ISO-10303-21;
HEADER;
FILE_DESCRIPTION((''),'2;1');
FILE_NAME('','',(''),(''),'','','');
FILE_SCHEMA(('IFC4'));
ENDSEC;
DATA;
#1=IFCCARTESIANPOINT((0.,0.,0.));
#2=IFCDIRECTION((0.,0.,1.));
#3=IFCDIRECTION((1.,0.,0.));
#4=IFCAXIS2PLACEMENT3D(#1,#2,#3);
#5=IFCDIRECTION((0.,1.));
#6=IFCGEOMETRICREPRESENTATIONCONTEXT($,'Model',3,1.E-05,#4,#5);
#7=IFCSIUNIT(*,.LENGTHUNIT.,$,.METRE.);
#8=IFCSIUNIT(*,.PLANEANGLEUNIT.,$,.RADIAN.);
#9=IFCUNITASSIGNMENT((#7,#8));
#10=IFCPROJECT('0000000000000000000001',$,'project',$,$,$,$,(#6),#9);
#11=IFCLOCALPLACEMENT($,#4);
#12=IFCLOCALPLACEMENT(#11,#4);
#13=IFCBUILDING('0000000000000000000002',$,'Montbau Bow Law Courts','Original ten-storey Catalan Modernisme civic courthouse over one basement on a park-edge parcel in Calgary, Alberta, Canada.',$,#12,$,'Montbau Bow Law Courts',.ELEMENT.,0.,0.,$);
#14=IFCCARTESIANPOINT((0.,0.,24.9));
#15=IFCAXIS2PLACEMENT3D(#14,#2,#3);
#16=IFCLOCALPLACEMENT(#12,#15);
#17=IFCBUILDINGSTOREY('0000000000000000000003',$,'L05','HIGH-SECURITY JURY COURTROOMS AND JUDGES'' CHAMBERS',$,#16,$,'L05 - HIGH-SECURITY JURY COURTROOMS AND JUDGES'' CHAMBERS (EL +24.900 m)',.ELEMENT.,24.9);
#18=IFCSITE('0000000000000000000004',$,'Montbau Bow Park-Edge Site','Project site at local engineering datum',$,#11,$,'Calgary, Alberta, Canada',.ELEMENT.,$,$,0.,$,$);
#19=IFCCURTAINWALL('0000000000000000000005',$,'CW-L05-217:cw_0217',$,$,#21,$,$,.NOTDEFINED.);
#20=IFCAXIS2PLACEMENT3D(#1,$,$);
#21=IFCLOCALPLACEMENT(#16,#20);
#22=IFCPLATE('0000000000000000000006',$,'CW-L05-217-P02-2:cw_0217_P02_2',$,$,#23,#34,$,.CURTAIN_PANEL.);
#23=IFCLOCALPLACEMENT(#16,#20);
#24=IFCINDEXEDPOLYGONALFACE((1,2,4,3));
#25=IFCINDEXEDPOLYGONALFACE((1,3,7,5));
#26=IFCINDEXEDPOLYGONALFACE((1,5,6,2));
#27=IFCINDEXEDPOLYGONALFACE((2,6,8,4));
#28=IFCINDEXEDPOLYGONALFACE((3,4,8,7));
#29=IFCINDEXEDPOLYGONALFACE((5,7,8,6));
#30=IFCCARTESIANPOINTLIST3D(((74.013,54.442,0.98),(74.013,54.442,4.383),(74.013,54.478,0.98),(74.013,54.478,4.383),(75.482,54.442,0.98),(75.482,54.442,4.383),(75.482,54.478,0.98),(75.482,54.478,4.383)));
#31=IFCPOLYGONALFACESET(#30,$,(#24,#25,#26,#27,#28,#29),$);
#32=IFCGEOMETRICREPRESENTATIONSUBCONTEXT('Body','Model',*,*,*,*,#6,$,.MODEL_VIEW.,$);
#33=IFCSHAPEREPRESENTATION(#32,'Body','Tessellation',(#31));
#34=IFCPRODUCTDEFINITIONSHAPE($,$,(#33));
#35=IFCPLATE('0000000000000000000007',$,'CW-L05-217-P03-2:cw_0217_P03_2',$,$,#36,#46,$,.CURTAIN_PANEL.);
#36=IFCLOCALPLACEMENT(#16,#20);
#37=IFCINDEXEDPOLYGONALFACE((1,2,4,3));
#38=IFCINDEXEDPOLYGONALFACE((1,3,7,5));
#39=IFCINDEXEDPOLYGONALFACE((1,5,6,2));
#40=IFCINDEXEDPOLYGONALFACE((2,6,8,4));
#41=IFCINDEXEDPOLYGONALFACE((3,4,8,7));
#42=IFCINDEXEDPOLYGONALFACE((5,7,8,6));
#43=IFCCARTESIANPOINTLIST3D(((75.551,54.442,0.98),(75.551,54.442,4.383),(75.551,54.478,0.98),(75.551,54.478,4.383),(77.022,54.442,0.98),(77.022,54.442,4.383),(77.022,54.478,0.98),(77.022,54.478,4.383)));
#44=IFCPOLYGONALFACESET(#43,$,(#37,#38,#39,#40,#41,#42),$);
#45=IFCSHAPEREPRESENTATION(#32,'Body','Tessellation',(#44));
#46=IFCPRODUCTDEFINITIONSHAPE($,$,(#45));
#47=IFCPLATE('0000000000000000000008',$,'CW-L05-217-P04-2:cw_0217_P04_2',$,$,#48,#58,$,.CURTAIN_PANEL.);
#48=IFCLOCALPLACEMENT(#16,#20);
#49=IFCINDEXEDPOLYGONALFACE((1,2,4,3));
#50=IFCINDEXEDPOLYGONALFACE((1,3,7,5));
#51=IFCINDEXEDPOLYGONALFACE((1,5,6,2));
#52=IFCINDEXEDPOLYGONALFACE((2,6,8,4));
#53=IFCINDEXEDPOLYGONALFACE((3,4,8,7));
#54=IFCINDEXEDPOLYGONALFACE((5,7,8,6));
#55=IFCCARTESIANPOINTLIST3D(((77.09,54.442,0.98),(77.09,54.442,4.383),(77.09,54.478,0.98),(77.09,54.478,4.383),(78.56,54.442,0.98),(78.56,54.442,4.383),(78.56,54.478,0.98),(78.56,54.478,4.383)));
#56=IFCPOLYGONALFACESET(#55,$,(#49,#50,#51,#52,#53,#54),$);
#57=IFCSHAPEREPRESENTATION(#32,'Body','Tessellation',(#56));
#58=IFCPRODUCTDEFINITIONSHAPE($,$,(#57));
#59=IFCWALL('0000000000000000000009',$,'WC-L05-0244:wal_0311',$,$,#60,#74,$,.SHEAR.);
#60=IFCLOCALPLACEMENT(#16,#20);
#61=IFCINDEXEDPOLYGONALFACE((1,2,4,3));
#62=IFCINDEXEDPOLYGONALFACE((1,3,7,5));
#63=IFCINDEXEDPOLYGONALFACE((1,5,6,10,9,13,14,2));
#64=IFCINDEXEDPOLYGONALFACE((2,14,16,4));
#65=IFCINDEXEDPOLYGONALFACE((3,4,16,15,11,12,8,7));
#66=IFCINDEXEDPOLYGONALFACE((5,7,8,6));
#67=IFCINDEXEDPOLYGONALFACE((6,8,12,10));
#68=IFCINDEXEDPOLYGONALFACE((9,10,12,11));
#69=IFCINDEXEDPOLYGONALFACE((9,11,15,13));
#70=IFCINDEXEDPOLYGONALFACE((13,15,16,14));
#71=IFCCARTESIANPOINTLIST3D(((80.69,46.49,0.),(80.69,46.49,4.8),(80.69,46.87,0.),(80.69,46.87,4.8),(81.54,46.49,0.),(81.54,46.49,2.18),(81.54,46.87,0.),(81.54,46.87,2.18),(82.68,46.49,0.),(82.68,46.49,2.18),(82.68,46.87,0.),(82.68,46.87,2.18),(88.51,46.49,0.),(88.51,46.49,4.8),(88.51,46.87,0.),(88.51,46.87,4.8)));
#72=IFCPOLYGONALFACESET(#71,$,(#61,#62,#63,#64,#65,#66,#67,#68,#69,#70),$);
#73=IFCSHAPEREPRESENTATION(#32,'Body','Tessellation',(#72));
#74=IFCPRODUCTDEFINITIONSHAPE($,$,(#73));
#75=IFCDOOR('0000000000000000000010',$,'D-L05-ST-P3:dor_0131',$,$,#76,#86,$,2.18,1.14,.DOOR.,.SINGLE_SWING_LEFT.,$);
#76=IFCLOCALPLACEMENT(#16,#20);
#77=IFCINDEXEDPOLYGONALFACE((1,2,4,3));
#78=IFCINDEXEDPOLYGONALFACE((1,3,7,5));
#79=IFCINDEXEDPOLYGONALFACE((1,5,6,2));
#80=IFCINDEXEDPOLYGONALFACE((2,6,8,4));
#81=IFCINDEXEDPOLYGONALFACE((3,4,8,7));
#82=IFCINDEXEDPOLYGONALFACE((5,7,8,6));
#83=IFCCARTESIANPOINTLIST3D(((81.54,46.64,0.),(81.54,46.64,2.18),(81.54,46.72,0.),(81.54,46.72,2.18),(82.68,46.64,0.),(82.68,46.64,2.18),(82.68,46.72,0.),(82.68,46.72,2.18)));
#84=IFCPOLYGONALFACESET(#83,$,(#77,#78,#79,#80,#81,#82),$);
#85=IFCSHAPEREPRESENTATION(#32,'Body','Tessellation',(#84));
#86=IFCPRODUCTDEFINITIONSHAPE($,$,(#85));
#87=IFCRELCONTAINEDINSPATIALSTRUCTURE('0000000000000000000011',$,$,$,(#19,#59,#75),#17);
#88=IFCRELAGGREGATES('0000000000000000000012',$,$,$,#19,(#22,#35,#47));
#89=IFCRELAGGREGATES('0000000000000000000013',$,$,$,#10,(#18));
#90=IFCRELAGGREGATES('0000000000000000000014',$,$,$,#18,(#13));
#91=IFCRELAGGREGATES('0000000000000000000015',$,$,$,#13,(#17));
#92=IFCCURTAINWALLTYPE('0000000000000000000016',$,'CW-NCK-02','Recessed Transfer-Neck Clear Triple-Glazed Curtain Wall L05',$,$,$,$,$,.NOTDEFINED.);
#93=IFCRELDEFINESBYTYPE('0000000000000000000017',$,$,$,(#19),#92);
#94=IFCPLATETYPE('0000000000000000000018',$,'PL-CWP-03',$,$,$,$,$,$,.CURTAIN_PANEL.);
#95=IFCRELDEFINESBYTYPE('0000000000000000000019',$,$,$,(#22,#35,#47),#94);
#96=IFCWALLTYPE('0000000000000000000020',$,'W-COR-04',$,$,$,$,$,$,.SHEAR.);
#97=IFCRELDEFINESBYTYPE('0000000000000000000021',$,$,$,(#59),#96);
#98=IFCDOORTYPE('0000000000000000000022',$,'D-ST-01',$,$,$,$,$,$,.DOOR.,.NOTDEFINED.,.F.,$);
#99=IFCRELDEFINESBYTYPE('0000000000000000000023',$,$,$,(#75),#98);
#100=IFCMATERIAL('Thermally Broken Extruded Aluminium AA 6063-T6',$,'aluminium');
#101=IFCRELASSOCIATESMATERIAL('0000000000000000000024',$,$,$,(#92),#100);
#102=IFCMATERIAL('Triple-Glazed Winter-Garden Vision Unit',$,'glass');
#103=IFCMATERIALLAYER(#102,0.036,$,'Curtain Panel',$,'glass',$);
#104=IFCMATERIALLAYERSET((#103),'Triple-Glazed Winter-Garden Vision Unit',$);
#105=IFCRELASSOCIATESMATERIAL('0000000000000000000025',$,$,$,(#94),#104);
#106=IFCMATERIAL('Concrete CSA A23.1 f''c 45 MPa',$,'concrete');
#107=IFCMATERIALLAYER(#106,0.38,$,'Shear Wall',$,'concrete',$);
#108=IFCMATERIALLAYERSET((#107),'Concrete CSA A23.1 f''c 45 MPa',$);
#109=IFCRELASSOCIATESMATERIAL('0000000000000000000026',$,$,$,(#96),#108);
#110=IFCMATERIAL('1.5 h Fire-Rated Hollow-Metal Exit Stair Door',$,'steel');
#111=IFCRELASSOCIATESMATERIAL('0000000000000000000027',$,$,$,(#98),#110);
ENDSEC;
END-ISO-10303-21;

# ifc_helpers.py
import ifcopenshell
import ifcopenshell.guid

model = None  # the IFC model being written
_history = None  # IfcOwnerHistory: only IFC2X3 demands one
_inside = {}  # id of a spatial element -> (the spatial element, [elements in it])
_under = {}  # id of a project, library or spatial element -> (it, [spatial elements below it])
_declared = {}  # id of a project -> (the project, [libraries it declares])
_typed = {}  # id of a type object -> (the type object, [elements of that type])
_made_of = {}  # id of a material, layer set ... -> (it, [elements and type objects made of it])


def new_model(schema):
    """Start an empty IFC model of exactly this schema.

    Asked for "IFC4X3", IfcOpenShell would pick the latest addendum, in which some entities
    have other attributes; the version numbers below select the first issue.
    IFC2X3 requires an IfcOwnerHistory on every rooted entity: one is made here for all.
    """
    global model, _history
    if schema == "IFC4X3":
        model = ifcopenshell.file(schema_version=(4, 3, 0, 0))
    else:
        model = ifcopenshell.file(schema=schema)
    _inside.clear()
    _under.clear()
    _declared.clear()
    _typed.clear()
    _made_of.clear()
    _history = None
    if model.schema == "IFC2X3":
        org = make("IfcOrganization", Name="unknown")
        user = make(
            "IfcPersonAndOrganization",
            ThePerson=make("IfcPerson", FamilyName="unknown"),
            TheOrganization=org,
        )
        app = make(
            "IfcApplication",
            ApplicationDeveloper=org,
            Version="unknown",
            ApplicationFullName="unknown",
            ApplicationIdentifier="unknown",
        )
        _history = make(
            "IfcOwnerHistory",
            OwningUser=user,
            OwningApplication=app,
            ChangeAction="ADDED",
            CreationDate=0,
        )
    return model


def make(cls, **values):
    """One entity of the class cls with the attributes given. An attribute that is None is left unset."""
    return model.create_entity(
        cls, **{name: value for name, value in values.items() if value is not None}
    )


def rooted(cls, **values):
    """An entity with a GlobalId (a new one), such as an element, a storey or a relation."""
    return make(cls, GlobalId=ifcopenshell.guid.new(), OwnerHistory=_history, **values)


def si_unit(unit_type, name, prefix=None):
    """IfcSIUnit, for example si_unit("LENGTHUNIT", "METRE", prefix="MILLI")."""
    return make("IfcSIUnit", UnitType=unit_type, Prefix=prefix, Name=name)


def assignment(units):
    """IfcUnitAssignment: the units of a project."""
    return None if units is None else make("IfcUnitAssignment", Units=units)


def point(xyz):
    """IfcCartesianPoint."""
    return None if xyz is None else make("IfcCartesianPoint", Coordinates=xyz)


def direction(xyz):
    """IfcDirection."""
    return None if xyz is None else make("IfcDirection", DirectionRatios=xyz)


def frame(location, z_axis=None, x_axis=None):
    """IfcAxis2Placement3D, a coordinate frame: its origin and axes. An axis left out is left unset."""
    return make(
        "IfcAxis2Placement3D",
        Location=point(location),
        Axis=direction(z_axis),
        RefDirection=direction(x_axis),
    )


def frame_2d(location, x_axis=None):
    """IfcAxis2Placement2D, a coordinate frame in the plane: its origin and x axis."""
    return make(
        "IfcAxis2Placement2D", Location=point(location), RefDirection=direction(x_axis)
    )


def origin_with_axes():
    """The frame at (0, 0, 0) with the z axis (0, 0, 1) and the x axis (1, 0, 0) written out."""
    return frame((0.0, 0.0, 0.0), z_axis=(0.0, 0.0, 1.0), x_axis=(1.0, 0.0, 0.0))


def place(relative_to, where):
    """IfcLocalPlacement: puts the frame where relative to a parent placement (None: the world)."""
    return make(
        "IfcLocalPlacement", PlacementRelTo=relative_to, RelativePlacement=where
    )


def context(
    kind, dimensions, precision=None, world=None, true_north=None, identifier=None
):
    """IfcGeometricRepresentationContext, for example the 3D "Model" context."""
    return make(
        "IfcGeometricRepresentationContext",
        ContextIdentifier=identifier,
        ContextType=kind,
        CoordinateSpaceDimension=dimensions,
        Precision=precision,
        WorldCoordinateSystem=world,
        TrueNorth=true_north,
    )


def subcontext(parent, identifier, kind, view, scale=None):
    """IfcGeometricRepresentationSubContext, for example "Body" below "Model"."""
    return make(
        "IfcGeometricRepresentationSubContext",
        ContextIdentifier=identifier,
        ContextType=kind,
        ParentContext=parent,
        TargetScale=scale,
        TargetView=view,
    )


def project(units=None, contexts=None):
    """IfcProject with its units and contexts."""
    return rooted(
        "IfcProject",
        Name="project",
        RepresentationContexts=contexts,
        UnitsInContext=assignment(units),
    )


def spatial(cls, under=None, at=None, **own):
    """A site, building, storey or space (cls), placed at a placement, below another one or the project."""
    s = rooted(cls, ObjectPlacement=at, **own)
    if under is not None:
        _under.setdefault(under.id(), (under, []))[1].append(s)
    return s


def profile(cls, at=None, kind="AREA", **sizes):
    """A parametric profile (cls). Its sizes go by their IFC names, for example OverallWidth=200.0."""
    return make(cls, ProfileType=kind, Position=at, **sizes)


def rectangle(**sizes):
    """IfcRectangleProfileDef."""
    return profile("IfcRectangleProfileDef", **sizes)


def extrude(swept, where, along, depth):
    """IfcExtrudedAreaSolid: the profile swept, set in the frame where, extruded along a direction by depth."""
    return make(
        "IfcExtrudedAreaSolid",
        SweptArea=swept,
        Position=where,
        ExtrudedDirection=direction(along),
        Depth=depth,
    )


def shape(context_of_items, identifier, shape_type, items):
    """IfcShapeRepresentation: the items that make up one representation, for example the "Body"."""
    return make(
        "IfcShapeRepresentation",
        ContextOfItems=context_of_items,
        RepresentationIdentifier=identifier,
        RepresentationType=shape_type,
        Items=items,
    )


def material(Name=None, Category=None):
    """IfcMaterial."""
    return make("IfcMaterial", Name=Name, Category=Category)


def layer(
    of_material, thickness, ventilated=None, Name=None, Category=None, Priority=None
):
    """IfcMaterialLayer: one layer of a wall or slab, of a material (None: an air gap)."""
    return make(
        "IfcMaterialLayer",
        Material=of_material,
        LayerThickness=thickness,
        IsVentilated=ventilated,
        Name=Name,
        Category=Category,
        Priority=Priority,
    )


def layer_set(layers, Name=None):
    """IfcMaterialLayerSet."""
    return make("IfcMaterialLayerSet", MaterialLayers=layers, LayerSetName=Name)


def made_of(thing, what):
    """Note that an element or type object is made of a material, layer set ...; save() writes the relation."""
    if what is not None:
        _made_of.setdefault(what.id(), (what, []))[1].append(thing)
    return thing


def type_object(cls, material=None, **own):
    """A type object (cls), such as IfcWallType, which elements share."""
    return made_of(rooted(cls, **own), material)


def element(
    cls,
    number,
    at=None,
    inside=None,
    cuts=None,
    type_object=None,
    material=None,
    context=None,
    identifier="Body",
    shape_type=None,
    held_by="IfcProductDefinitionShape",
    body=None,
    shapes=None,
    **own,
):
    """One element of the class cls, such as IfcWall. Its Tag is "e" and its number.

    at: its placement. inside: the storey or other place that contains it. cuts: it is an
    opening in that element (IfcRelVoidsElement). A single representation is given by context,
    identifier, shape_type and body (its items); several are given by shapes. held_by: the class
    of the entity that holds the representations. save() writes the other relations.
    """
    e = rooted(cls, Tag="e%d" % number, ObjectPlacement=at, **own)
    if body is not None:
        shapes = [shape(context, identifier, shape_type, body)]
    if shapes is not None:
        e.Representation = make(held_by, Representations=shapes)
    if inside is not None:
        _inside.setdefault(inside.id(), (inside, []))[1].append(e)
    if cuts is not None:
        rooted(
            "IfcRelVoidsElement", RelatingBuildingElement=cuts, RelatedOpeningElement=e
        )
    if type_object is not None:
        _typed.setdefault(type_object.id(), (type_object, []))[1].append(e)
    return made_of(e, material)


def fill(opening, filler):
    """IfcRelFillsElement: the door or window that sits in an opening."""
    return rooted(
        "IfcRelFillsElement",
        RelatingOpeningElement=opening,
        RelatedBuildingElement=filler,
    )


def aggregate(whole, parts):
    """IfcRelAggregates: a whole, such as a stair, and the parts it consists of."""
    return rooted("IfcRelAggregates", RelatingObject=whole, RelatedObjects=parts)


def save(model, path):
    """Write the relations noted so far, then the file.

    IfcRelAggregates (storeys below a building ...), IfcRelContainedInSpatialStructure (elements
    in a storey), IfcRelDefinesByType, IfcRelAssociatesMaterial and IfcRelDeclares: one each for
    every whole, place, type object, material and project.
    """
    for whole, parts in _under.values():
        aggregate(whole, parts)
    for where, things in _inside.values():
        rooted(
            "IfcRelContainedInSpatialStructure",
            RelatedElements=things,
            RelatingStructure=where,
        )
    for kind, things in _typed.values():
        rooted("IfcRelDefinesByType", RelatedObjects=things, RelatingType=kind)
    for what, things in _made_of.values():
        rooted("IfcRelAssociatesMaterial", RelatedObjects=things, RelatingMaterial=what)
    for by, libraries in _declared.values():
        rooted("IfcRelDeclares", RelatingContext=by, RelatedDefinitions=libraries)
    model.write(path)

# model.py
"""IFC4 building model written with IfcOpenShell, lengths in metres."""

from ifc_helpers import new_model, si_unit, direction, frame, frame_2d, origin_with_axes, place, context, subcontext, project, spatial, rectangle, extrude, material, layer, layer_set, type_object, element, fill, aggregate, save


model = new_model("IFC4")

# Units and contexts
model_context = context("Model", 3, precision=1e-05, world=origin_with_axes(), true_north=direction((0.0, 1.0)))
body_context = subcontext(model_context, "Body", "Model", "MODEL_VIEW")
ifc_project = project(units=[si_unit("LENGTHUNIT", "METRE"), si_unit("PLANEANGLEUNIT", "RADIAN")], contexts=[model_context])

# Site, building, storey
site_placement = place(None, origin_with_axes())
site = spatial("IfcSite", under=ifc_project, at=site_placement, Name="Montbau Bow Park-Edge Site", Description="Project site at local engineering datum", LongName="Calgary, Alberta, Canada", CompositionType="ELEMENT", RefElevation=0.0)
building_placement = place(site_placement, origin_with_axes())
building = spatial("IfcBuilding", under=site, at=building_placement, Name="Montbau Bow Law Courts", Description="Original ten-storey Catalan Modernisme civic courthouse over one basement on a park-edge parcel in Calgary, Alberta, Canada.", LongName="Montbau Bow Law Courts", CompositionType="ELEMENT", ElevationOfRefHeight=0.0, ElevationOfTerrain=0.0)
storey_placement = place(building_placement, frame((0.0, 0.0, 24.9), z_axis=(0.0, 0.0, 1.0), x_axis=(1.0, 0.0, 0.0)))
storey = spatial("IfcBuildingStorey", under=building, at=storey_placement, Name="L05", Description="HIGH-SECURITY JURY COURTROOMS AND JUDGES' CHAMBERS", LongName="L05 - HIGH-SECURITY JURY COURTROOMS AND JUDGES' CHAMBERS (EL +24.900 m)", CompositionType="ELEMENT", Elevation=24.9)

# Curtain wall, plates
ifc_material_1 = material(Name="Thermally Broken Extruded Aluminium AA 6063-T6", Category="aluminium")
curtain_wall_type = type_object("IfcCurtainWallType", Name="CW-NCK-02", Description="Recessed Transfer-Neck Clear Triple-Glazed Curtain Wall L05", PredefinedType="NOTDEFINED", material=ifc_material_1)
curtain_wall_placement = place(None, frame((72.44, 54.46, 24.9), z_axis=(0.0, 0.0, 1.0), x_axis=(1.0, 0.0, 0.0)))
curtain_wall = element("IfcCurtainWall", 1, at=curtain_wall_placement, inside=storey, type_object=curtain_wall_type, Name="CW-L05-217:cw_0217", PredefinedType="NOTDEFINED")
ifc_material_2 = material(Name="Triple-Glazed Winter-Garden Vision Unit", Category="glass")
ifc_layer_1 = layer(ifc_material_2, 0.036, Name="Curtain Panel", Category="glass")
ifc_layer_set_1 = layer_set([ifc_layer_1], Name="Triple-Glazed Winter-Garden Vision Unit")
plate_type_1 = type_object("IfcPlateType", Name="PL-CWP-03", PredefinedType="CURTAIN_PANEL", material=ifc_layer_set_1)
plate_1_placement = place(None, frame((74.013, 54.46, 25.88), z_axis=(0.0, -1.0, 0.0), x_axis=(1.0, 0.0, 0.0)))
plate_1 = element("IfcPlate", 2, at=plate_1_placement, type_object=plate_type_1, Name="CW-L05-217-P02-2:cw_0217_P02_2", PredefinedType="CURTAIN_PANEL", context=body_context, shape_type="SweptSolid", body=[
    extrude(rectangle(XDim=1.469, YDim=3.403, at=frame_2d((0.7345, 1.7015), x_axis=(1.0, 0.0))), frame((0.0, 0.0, -0.018), z_axis=(0.0, 0.0, 1.0), x_axis=(1.0, 0.0, 0.0)), (0.0, 0.0, 1.0), 0.036),
])
plate_2_placement = place(None, frame((75.551, 54.46, 25.88), z_axis=(0.0, -1.0, 0.0), x_axis=(1.0, 0.0, 0.0)))
plate_2 = element("IfcPlate", 3, at=plate_2_placement, type_object=plate_type_1, Name="CW-L05-217-P03-2:cw_0217_P03_2", PredefinedType="CURTAIN_PANEL", context=body_context, shape_type="SweptSolid", body=[
    extrude(rectangle(XDim=1.471, YDim=3.403, at=frame_2d((0.7355, 1.7015), x_axis=(1.0, 0.0))), frame((0.0, 0.0, -0.018), z_axis=(0.0, 0.0, 1.0), x_axis=(1.0, 0.0, 0.0)), (0.0, 0.0, 1.0), 0.036),
])
plate_3_placement = place(None, frame((77.09, 54.46, 25.88), z_axis=(0.0, -1.0, 0.0), x_axis=(1.0, 0.0, 0.0)))
plate_3 = element("IfcPlate", 4, at=plate_3_placement, type_object=plate_type_1, Name="CW-L05-217-P04-2:cw_0217_P04_2", PredefinedType="CURTAIN_PANEL", context=body_context, shape_type="SweptSolid", body=[
    extrude(rectangle(XDim=1.47, YDim=3.403, at=frame_2d((0.735, 1.7015), x_axis=(1.0, 0.0))), frame((0.0, 0.0, -0.018), z_axis=(0.0, 0.0, 1.0), x_axis=(1.0, 0.0, 0.0)), (0.0, 0.0, 1.0), 0.036),
])
aggregate(curtain_wall, [plate_1, plate_2, plate_3])

# Wall, opening, door
ifc_material_3 = material(Name="Concrete CSA A23.1 f'c 45 MPa", Category="concrete")
ifc_layer_2 = layer(ifc_material_3, 0.38, Name="Shear Wall", Category="concrete")
ifc_layer_set_2 = layer_set([ifc_layer_2], Name="Concrete CSA A23.1 f'c 45 MPa")
wall_type = type_object("IfcWallType", Name="W-COR-04", PredefinedType="SHEAR", material=ifc_layer_set_2)
wall_placement = place(None, frame((80.69, 46.68, 24.9), z_axis=(0.0, 0.0, 1.0), x_axis=(1.0, 0.0, 0.0)))
wall = element("IfcWall", 5, at=wall_placement, inside=storey, type_object=wall_type, Name="WC-L05-0244:wal_0311", PredefinedType="SHEAR", context=body_context, shape_type="SweptSolid", body=[
    extrude(rectangle(XDim=7.82, YDim=0.38, at=frame_2d((3.91, 0.0), x_axis=(1.0, 0.0))), origin_with_axes(), (0.0, 0.0, 1.0), 4.8),
])
opening_placement = place(None, frame((82.11, 46.68, 24.9), z_axis=(0.0, 0.0, 1.0), x_axis=(1.0, 0.0, 0.0)))
opening = element("IfcOpeningElement", 6, at=opening_placement, cuts=wall, PredefinedType="OPENING", context=body_context, shape_type="SweptSolid", body=[
    extrude(rectangle(XDim=1.14, YDim=2.18, at=frame_2d((0.0, 1.09), x_axis=(1.0, 0.0))), frame((0.0, 0.2, 0.0), z_axis=(0.0, -1.0, 0.0), x_axis=(1.0, 0.0, 0.0)), (0.0, 0.0, 1.0), 0.4),
])
ifc_material_4 = material(Name="1.5 h Fire-Rated Hollow-Metal Exit Stair Door", Category="steel")
door_type = type_object("IfcDoorType", Name="D-ST-01", OperationType="NOTDEFINED", ParameterTakesPrecedence=False, PredefinedType="DOOR", material=ifc_material_4)
door_placement = place(None, frame((82.11, 46.68, 24.9), z_axis=(0.0, 0.0, 1.0), x_axis=(-1.0, 0.0, 0.0)))
door = element("IfcDoor", 7, at=door_placement, inside=storey, type_object=door_type, Name="D-L05-ST-P3:dor_0131", OperationType="SINGLE_SWING_LEFT", OverallHeight=2.18, OverallWidth=1.14, PredefinedType="DOOR", context=body_context, shape_type="SweptSolid", body=[
    extrude(rectangle(XDim=1.14, YDim=2.18, at=frame_2d((0.0, 1.09), x_axis=(1.0, 0.0))), frame((0.0, 0.04, 0.0), z_axis=(0.0, -1.0, 0.0), x_axis=(1.0, 0.0, 0.0)), (0.0, 0.0, 1.0), 0.08),
])
fill(opening, door)

save(model, "model.ifc")
